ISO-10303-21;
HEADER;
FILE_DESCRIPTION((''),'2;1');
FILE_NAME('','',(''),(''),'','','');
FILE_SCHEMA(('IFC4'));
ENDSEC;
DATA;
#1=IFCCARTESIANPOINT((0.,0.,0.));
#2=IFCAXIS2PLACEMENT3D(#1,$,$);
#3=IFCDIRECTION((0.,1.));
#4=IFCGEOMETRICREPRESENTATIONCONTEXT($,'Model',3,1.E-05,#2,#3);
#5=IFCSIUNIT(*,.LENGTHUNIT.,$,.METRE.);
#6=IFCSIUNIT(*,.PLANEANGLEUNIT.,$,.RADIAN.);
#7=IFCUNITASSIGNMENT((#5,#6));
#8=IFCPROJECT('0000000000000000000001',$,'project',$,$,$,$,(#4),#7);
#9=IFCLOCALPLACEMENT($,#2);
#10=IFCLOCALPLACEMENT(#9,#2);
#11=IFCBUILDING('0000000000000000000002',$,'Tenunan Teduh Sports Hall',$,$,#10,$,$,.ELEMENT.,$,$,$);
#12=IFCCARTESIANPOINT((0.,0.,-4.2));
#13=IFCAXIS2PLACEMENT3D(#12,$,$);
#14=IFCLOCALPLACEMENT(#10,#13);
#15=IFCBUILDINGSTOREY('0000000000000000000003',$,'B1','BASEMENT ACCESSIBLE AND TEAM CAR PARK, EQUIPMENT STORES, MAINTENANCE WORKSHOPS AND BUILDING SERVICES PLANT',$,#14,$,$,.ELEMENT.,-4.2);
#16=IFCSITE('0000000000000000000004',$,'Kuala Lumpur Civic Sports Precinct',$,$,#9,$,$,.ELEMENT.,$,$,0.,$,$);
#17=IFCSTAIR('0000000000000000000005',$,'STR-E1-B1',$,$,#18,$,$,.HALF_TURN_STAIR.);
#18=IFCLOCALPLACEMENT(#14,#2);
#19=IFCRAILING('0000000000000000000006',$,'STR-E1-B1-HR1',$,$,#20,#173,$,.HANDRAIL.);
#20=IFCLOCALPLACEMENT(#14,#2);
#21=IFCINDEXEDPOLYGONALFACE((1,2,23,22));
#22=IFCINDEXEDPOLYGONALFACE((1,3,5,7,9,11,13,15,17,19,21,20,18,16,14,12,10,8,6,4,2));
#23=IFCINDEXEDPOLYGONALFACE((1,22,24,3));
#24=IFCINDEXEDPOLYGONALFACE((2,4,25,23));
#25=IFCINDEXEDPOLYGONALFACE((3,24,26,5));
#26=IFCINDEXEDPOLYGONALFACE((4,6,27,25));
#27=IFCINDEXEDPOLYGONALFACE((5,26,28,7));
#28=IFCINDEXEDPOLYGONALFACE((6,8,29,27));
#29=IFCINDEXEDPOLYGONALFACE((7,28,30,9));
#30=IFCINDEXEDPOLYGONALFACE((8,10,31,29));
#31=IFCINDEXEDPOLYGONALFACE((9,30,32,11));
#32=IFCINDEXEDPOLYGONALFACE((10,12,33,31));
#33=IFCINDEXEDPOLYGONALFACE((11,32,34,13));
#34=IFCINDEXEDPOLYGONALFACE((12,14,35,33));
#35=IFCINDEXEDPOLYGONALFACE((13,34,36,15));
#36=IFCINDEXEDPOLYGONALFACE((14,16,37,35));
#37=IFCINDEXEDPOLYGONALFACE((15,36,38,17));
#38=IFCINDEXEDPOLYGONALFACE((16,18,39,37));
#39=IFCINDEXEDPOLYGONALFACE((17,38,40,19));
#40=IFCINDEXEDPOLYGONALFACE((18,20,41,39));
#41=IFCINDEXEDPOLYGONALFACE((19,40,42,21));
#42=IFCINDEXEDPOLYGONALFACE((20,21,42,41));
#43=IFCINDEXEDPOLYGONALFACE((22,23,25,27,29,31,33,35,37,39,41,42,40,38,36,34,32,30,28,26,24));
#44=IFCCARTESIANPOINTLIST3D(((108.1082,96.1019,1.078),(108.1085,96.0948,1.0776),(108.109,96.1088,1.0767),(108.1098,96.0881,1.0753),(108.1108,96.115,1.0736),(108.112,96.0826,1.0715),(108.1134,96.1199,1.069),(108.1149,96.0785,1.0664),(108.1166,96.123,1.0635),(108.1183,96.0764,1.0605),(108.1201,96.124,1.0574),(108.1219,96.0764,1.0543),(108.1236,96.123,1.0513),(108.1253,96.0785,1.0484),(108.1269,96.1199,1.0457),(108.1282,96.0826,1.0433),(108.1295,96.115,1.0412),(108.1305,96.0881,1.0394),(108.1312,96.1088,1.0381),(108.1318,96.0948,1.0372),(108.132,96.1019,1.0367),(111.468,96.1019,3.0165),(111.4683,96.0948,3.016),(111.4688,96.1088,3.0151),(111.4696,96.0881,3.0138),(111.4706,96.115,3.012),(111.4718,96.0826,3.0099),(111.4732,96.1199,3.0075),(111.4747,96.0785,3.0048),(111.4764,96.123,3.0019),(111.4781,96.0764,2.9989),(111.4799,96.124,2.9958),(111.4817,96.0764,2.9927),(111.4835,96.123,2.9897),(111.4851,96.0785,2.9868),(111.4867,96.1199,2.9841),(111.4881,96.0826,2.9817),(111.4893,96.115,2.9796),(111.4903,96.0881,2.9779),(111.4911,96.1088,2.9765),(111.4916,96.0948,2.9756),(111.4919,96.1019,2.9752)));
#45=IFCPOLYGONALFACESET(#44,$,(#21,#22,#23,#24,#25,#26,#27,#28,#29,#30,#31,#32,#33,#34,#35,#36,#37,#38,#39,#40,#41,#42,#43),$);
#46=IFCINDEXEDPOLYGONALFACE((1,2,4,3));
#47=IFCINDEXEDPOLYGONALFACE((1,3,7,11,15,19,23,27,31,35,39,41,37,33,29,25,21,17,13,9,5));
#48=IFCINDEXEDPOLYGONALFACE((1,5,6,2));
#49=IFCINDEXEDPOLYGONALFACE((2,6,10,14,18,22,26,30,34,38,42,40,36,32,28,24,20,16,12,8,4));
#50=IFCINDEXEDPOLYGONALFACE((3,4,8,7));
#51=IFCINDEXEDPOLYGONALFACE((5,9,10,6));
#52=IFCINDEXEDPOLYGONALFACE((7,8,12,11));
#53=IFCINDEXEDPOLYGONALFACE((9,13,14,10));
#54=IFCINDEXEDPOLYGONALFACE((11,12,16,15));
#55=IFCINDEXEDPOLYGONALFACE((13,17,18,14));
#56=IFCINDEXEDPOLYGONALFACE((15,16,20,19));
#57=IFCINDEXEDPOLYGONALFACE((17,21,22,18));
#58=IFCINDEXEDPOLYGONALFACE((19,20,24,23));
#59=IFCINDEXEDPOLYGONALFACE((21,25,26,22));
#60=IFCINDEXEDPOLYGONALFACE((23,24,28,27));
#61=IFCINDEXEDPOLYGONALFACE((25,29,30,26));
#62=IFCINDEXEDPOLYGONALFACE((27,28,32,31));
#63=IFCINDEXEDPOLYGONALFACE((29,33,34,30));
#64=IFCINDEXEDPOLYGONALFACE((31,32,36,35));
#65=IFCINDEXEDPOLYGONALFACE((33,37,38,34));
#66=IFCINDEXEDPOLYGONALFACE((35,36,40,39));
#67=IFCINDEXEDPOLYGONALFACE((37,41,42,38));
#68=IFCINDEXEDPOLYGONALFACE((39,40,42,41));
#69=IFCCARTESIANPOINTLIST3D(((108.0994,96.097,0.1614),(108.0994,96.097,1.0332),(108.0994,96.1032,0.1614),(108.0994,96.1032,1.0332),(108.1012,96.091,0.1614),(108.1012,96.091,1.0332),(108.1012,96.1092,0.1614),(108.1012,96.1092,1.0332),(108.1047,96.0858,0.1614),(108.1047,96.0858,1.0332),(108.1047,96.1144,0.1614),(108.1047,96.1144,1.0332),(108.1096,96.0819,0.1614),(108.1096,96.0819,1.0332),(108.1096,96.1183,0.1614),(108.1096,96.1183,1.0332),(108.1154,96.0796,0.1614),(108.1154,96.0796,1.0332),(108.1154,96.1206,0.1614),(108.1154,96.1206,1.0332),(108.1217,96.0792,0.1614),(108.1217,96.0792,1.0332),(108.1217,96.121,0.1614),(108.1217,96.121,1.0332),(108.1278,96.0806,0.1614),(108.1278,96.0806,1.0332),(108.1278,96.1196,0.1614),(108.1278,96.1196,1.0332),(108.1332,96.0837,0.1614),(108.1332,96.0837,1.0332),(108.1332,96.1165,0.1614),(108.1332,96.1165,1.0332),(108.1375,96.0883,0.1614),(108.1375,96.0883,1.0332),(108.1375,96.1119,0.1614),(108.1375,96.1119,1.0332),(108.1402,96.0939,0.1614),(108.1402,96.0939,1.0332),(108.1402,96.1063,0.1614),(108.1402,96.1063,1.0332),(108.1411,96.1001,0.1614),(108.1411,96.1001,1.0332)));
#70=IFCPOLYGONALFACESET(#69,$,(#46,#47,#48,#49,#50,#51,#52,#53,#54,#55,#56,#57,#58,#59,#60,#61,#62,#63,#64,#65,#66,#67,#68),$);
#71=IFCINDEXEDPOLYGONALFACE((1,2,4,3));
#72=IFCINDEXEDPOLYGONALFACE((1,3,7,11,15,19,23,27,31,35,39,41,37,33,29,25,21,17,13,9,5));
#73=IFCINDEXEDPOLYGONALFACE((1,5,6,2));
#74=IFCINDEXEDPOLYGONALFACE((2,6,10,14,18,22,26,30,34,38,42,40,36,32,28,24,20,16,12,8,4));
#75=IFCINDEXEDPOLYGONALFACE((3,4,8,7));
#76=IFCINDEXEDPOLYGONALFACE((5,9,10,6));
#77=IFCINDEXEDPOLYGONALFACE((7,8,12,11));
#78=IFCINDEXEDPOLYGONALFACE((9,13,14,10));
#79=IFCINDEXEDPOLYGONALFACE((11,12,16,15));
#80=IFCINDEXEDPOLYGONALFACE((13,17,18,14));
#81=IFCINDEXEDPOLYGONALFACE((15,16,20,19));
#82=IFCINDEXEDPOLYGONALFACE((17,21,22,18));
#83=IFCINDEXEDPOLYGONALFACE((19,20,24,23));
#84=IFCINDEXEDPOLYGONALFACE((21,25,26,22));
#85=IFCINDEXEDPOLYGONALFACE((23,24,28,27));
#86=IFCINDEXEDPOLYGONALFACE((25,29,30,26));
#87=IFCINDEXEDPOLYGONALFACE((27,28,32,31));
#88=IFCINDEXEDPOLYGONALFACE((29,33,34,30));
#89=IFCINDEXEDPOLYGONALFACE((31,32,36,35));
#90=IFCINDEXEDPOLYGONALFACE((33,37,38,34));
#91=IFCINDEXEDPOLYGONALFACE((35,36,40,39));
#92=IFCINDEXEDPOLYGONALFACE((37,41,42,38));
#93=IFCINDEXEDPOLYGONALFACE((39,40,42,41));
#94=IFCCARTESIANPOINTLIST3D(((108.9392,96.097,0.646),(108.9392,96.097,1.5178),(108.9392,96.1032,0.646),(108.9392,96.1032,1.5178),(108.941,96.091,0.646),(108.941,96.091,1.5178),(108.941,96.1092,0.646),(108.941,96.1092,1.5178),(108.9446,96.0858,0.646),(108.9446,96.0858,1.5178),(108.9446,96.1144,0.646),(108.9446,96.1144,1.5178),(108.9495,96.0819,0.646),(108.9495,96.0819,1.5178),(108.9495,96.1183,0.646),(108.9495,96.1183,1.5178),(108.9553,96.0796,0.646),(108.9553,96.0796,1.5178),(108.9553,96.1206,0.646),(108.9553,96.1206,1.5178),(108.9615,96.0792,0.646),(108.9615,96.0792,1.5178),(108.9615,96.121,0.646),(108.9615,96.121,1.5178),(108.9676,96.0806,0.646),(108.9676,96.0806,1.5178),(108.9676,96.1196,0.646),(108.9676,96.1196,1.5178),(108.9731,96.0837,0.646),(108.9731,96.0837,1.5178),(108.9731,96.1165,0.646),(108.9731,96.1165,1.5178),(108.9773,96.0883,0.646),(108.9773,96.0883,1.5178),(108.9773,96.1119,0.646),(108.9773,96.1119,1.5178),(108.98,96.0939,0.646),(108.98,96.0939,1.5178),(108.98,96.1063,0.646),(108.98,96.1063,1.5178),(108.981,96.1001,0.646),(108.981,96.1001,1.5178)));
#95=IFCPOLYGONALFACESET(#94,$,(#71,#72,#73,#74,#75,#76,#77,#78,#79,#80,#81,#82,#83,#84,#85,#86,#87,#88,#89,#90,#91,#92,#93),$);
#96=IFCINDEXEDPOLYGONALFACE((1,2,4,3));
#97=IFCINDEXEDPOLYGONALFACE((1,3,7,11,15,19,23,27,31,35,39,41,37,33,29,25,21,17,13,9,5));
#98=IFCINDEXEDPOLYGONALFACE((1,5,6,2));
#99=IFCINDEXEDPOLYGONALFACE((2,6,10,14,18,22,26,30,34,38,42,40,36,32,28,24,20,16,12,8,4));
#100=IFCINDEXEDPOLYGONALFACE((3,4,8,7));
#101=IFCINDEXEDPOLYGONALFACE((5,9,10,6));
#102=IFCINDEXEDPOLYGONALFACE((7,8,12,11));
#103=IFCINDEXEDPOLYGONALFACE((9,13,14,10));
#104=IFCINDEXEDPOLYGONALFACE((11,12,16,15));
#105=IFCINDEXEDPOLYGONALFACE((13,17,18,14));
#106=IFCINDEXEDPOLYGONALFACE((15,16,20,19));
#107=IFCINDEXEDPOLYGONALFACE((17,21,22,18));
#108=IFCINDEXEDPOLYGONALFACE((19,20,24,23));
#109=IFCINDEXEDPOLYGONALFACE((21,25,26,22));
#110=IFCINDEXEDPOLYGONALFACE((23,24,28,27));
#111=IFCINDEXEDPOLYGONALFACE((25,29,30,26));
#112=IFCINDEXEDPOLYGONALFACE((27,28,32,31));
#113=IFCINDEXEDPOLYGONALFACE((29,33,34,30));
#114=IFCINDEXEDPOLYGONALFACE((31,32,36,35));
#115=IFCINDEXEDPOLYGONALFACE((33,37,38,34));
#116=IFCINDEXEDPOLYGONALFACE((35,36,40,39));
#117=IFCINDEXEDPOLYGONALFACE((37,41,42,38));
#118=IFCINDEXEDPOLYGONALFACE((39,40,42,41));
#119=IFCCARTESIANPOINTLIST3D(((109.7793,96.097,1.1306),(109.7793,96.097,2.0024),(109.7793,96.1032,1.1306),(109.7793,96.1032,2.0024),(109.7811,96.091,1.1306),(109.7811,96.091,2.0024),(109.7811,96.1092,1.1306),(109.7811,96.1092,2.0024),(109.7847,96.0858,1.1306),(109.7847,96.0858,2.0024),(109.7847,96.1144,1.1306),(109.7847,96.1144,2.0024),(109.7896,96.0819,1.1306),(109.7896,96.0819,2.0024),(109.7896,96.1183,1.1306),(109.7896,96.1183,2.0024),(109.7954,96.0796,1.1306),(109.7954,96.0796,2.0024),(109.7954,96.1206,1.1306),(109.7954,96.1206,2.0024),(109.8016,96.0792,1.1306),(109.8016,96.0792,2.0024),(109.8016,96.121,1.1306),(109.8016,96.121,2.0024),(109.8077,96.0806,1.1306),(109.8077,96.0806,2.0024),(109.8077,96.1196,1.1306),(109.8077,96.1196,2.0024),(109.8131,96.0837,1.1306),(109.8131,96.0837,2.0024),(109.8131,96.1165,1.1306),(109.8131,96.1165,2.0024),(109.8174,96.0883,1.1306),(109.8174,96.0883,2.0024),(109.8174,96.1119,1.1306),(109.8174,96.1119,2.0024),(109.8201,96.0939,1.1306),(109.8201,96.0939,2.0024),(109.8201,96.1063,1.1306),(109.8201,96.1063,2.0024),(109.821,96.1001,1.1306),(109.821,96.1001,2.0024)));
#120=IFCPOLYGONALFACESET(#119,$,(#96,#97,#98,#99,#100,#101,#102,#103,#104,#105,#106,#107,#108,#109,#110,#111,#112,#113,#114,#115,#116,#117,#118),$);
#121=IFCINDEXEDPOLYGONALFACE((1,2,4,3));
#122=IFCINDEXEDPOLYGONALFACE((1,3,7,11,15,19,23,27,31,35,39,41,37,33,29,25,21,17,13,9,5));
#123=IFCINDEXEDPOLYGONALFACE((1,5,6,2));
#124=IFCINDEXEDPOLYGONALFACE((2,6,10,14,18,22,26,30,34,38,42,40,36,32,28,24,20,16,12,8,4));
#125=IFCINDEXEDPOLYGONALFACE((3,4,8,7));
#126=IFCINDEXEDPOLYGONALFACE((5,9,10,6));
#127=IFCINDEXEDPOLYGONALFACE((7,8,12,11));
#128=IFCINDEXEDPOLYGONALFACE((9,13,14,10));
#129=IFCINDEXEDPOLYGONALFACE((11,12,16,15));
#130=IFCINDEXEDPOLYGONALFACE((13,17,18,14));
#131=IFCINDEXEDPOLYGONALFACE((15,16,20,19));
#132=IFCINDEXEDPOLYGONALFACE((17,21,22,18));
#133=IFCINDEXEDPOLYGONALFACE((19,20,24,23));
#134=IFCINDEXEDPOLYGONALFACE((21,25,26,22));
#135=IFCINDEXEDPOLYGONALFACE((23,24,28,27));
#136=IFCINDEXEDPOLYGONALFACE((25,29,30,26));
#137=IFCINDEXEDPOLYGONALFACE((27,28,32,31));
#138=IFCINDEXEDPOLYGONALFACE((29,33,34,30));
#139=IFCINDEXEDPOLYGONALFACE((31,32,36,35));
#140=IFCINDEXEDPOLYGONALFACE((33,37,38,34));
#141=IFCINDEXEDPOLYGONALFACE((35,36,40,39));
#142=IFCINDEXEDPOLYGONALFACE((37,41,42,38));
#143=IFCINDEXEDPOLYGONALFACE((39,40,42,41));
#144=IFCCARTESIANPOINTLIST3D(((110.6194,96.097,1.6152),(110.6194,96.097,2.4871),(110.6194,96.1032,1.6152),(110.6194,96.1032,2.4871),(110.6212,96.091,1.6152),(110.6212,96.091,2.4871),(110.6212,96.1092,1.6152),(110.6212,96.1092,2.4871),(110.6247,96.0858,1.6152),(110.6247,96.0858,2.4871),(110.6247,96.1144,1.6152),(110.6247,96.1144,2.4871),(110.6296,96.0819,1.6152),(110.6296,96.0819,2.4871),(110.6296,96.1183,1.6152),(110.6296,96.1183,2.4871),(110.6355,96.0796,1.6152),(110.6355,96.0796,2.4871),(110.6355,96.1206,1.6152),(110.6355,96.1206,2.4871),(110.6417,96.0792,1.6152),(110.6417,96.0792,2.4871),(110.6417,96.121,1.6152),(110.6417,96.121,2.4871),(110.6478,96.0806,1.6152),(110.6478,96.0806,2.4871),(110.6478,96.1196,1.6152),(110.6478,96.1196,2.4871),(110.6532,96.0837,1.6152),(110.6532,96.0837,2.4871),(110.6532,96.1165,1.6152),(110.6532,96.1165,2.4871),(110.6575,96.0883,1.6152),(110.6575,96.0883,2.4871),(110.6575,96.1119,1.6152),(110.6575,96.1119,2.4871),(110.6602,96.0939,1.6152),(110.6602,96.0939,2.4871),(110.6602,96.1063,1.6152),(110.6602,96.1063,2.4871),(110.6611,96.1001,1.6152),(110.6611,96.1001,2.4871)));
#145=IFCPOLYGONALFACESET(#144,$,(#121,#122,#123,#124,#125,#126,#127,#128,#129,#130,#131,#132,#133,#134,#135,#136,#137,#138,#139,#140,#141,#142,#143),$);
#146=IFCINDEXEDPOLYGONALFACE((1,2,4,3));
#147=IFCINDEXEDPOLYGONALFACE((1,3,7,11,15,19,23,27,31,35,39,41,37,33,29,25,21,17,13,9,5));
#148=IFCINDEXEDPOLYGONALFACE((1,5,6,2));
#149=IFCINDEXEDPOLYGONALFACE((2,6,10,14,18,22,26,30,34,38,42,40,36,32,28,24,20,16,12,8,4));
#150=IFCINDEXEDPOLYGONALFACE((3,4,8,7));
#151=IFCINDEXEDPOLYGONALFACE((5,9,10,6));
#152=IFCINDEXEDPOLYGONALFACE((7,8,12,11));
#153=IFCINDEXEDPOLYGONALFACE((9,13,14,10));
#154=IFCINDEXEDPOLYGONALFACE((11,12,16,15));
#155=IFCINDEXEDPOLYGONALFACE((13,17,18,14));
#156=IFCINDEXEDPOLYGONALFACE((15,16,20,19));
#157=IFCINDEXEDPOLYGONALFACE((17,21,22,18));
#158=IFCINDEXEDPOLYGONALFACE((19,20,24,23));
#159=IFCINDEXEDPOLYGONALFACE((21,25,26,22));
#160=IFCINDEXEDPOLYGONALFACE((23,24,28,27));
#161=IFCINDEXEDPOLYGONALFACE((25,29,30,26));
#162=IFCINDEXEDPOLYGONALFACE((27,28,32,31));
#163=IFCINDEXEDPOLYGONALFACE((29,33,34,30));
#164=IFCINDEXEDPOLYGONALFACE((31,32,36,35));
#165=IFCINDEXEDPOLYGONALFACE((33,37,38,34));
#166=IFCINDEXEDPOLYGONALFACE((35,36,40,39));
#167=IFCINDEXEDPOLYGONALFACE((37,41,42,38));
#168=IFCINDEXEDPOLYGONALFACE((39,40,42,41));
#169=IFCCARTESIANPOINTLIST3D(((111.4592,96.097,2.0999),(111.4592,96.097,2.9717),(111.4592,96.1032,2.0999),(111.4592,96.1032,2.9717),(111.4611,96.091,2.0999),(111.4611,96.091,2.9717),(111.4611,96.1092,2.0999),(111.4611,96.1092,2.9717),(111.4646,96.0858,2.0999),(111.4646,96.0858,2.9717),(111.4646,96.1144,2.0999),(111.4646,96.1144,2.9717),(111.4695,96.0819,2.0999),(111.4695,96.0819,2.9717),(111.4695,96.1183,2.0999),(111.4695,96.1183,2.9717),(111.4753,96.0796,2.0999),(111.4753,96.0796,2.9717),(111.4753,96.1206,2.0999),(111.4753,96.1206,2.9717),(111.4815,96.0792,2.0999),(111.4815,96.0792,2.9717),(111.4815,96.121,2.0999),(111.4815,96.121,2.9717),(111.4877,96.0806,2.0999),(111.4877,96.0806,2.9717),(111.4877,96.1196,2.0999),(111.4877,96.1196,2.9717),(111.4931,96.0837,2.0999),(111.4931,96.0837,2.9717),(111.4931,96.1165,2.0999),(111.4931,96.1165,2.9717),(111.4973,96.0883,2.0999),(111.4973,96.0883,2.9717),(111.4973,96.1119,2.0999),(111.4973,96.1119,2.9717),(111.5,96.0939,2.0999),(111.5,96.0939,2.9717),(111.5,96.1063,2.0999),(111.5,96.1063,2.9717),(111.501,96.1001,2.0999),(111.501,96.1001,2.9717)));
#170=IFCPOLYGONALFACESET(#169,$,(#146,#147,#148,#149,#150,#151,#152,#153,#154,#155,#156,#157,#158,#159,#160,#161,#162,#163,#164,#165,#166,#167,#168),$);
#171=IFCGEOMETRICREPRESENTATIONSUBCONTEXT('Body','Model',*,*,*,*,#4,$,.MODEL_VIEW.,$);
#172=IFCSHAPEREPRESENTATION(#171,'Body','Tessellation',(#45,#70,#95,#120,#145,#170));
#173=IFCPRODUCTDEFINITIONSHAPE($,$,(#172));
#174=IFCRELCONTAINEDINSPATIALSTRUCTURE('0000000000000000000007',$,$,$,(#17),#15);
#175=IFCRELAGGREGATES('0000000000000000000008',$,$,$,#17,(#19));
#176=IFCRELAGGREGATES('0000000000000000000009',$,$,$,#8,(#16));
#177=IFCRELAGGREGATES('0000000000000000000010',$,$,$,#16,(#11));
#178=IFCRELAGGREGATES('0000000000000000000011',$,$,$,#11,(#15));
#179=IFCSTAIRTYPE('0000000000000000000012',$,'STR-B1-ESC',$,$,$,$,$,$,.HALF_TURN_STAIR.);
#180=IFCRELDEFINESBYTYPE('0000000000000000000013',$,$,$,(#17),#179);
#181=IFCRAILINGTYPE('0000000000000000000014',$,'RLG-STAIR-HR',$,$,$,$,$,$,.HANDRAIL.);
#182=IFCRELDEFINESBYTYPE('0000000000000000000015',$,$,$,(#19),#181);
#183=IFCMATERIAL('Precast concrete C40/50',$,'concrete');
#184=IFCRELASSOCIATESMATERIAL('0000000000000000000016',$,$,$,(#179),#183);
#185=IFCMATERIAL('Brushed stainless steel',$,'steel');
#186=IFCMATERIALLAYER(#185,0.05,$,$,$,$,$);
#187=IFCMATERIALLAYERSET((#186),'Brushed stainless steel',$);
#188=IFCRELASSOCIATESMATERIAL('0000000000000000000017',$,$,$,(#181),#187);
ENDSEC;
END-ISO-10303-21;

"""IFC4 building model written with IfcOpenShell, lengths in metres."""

from ifc_helpers import new_model, si_unit, direction, frame, origin, origin_2d, place, context, subcontext, project, spatial, circle, extrude, material, layer, layer_set, type_object, element, aggregate, save


model = new_model("IFC4")

# Units and contexts
model_context = context("Model", 3, precision=1e-05, world=origin(), true_north=direction((0.0, 1.0)))
body_context = subcontext(model_context, "Body", "Model", "MODEL_VIEW")
ifc_project = project(units=[si_unit("LENGTHUNIT", "METRE"), si_unit("PLANEANGLEUNIT", "RADIAN")], contexts=[model_context])

# Site, building, storey
site_placement = place(None, origin())
site = spatial("IfcSite", under=ifc_project, at=site_placement, Name="Kuala Lumpur Civic Sports Precinct", CompositionType="ELEMENT", RefElevation=0.0)
building_placement = place(site_placement, origin())
building = spatial("IfcBuilding", under=site, at=building_placement, Name="Tenunan Teduh Sports Hall", CompositionType="ELEMENT")
storey_placement = place(building_placement, frame((0.0, 0.0, -4.2)))
storey = spatial("IfcBuildingStorey", under=building, at=storey_placement, Name="B1", Description="BASEMENT ACCESSIBLE AND TEAM CAR PARK, EQUIPMENT STORES, MAINTENANCE WORKSHOPS AND BUILDING SERVICES PLANT", CompositionType="ELEMENT", Elevation=-4.2)

# Stair
ifc_material_1 = material(Name="Precast concrete C40/50", Category="concrete")
stair_type = type_object("IfcStairType", Name="STR-B1-ESC", PredefinedType="HALF_TURN_STAIR", material=ifc_material_1)
stair_placement = place(storey_placement, origin())
stair = element("IfcStair", 1, at=stair_placement, inside=storey, type_object=stair_type, Name="STR-E1-B1", PredefinedType="HALF_TURN_STAIR")

# Railing
ifc_material_2 = material(Name="Brushed stainless steel", Category="steel")
ifc_layer_1 = layer(ifc_material_2, 0.05)
ifc_layer_set_1 = layer_set([ifc_layer_1], Name="Brushed stainless steel")
railing_type_1 = type_object("IfcRailingType", Name="RLG-STAIR-HR", PredefinedType="HANDRAIL", material=ifc_layer_set_1)
railing_1_placement = place(storey_placement, frame((108.1201, 96.1001, 0.1614)))
railing_1 = element("IfcRailing", 2, at=railing_1_placement, type_object=railing_type_1, Name="STR-E1-B1-HR1", PredefinedType="HANDRAIL", context=body_context, shape_type="SweptSolid", body=[
    extrude(circle(Radius=0.0239, at=origin_2d()), frame((0.0, 0.0, 0.896), z_axis=(0.866175, 0.0, 0.499741), x_axis=(0.0, 1.0, 0.0)), (0.0, 0.0, 1.0), 3.8789),
    extrude(circle(Radius=0.021, at=origin_2d()), origin(), (0.0, 0.0, 1.0), 0.8718),
    extrude(circle(Radius=0.021, at=origin_2d()), frame((0.8398, 0.0, 0.4846)), (0.0, 0.0, 1.0), 0.8718),
    extrude(circle(Radius=0.021, at=origin_2d()), frame((1.6799, 0.0, 0.9692)), (0.0, 0.0, 1.0), 0.8718),
    extrude(circle(Radius=0.021, at=origin_2d()), frame((2.52, 0.0, 1.4539)), (0.0, 0.0, 1.0), 0.8718),
    extrude(circle(Radius=0.021, at=origin_2d()), frame((3.3599, 0.0, 1.9385)), (0.0, 0.0, 1.0), 0.8718),
])
aggregate(stair, [railing_1])

save(model, "model.ifc")
